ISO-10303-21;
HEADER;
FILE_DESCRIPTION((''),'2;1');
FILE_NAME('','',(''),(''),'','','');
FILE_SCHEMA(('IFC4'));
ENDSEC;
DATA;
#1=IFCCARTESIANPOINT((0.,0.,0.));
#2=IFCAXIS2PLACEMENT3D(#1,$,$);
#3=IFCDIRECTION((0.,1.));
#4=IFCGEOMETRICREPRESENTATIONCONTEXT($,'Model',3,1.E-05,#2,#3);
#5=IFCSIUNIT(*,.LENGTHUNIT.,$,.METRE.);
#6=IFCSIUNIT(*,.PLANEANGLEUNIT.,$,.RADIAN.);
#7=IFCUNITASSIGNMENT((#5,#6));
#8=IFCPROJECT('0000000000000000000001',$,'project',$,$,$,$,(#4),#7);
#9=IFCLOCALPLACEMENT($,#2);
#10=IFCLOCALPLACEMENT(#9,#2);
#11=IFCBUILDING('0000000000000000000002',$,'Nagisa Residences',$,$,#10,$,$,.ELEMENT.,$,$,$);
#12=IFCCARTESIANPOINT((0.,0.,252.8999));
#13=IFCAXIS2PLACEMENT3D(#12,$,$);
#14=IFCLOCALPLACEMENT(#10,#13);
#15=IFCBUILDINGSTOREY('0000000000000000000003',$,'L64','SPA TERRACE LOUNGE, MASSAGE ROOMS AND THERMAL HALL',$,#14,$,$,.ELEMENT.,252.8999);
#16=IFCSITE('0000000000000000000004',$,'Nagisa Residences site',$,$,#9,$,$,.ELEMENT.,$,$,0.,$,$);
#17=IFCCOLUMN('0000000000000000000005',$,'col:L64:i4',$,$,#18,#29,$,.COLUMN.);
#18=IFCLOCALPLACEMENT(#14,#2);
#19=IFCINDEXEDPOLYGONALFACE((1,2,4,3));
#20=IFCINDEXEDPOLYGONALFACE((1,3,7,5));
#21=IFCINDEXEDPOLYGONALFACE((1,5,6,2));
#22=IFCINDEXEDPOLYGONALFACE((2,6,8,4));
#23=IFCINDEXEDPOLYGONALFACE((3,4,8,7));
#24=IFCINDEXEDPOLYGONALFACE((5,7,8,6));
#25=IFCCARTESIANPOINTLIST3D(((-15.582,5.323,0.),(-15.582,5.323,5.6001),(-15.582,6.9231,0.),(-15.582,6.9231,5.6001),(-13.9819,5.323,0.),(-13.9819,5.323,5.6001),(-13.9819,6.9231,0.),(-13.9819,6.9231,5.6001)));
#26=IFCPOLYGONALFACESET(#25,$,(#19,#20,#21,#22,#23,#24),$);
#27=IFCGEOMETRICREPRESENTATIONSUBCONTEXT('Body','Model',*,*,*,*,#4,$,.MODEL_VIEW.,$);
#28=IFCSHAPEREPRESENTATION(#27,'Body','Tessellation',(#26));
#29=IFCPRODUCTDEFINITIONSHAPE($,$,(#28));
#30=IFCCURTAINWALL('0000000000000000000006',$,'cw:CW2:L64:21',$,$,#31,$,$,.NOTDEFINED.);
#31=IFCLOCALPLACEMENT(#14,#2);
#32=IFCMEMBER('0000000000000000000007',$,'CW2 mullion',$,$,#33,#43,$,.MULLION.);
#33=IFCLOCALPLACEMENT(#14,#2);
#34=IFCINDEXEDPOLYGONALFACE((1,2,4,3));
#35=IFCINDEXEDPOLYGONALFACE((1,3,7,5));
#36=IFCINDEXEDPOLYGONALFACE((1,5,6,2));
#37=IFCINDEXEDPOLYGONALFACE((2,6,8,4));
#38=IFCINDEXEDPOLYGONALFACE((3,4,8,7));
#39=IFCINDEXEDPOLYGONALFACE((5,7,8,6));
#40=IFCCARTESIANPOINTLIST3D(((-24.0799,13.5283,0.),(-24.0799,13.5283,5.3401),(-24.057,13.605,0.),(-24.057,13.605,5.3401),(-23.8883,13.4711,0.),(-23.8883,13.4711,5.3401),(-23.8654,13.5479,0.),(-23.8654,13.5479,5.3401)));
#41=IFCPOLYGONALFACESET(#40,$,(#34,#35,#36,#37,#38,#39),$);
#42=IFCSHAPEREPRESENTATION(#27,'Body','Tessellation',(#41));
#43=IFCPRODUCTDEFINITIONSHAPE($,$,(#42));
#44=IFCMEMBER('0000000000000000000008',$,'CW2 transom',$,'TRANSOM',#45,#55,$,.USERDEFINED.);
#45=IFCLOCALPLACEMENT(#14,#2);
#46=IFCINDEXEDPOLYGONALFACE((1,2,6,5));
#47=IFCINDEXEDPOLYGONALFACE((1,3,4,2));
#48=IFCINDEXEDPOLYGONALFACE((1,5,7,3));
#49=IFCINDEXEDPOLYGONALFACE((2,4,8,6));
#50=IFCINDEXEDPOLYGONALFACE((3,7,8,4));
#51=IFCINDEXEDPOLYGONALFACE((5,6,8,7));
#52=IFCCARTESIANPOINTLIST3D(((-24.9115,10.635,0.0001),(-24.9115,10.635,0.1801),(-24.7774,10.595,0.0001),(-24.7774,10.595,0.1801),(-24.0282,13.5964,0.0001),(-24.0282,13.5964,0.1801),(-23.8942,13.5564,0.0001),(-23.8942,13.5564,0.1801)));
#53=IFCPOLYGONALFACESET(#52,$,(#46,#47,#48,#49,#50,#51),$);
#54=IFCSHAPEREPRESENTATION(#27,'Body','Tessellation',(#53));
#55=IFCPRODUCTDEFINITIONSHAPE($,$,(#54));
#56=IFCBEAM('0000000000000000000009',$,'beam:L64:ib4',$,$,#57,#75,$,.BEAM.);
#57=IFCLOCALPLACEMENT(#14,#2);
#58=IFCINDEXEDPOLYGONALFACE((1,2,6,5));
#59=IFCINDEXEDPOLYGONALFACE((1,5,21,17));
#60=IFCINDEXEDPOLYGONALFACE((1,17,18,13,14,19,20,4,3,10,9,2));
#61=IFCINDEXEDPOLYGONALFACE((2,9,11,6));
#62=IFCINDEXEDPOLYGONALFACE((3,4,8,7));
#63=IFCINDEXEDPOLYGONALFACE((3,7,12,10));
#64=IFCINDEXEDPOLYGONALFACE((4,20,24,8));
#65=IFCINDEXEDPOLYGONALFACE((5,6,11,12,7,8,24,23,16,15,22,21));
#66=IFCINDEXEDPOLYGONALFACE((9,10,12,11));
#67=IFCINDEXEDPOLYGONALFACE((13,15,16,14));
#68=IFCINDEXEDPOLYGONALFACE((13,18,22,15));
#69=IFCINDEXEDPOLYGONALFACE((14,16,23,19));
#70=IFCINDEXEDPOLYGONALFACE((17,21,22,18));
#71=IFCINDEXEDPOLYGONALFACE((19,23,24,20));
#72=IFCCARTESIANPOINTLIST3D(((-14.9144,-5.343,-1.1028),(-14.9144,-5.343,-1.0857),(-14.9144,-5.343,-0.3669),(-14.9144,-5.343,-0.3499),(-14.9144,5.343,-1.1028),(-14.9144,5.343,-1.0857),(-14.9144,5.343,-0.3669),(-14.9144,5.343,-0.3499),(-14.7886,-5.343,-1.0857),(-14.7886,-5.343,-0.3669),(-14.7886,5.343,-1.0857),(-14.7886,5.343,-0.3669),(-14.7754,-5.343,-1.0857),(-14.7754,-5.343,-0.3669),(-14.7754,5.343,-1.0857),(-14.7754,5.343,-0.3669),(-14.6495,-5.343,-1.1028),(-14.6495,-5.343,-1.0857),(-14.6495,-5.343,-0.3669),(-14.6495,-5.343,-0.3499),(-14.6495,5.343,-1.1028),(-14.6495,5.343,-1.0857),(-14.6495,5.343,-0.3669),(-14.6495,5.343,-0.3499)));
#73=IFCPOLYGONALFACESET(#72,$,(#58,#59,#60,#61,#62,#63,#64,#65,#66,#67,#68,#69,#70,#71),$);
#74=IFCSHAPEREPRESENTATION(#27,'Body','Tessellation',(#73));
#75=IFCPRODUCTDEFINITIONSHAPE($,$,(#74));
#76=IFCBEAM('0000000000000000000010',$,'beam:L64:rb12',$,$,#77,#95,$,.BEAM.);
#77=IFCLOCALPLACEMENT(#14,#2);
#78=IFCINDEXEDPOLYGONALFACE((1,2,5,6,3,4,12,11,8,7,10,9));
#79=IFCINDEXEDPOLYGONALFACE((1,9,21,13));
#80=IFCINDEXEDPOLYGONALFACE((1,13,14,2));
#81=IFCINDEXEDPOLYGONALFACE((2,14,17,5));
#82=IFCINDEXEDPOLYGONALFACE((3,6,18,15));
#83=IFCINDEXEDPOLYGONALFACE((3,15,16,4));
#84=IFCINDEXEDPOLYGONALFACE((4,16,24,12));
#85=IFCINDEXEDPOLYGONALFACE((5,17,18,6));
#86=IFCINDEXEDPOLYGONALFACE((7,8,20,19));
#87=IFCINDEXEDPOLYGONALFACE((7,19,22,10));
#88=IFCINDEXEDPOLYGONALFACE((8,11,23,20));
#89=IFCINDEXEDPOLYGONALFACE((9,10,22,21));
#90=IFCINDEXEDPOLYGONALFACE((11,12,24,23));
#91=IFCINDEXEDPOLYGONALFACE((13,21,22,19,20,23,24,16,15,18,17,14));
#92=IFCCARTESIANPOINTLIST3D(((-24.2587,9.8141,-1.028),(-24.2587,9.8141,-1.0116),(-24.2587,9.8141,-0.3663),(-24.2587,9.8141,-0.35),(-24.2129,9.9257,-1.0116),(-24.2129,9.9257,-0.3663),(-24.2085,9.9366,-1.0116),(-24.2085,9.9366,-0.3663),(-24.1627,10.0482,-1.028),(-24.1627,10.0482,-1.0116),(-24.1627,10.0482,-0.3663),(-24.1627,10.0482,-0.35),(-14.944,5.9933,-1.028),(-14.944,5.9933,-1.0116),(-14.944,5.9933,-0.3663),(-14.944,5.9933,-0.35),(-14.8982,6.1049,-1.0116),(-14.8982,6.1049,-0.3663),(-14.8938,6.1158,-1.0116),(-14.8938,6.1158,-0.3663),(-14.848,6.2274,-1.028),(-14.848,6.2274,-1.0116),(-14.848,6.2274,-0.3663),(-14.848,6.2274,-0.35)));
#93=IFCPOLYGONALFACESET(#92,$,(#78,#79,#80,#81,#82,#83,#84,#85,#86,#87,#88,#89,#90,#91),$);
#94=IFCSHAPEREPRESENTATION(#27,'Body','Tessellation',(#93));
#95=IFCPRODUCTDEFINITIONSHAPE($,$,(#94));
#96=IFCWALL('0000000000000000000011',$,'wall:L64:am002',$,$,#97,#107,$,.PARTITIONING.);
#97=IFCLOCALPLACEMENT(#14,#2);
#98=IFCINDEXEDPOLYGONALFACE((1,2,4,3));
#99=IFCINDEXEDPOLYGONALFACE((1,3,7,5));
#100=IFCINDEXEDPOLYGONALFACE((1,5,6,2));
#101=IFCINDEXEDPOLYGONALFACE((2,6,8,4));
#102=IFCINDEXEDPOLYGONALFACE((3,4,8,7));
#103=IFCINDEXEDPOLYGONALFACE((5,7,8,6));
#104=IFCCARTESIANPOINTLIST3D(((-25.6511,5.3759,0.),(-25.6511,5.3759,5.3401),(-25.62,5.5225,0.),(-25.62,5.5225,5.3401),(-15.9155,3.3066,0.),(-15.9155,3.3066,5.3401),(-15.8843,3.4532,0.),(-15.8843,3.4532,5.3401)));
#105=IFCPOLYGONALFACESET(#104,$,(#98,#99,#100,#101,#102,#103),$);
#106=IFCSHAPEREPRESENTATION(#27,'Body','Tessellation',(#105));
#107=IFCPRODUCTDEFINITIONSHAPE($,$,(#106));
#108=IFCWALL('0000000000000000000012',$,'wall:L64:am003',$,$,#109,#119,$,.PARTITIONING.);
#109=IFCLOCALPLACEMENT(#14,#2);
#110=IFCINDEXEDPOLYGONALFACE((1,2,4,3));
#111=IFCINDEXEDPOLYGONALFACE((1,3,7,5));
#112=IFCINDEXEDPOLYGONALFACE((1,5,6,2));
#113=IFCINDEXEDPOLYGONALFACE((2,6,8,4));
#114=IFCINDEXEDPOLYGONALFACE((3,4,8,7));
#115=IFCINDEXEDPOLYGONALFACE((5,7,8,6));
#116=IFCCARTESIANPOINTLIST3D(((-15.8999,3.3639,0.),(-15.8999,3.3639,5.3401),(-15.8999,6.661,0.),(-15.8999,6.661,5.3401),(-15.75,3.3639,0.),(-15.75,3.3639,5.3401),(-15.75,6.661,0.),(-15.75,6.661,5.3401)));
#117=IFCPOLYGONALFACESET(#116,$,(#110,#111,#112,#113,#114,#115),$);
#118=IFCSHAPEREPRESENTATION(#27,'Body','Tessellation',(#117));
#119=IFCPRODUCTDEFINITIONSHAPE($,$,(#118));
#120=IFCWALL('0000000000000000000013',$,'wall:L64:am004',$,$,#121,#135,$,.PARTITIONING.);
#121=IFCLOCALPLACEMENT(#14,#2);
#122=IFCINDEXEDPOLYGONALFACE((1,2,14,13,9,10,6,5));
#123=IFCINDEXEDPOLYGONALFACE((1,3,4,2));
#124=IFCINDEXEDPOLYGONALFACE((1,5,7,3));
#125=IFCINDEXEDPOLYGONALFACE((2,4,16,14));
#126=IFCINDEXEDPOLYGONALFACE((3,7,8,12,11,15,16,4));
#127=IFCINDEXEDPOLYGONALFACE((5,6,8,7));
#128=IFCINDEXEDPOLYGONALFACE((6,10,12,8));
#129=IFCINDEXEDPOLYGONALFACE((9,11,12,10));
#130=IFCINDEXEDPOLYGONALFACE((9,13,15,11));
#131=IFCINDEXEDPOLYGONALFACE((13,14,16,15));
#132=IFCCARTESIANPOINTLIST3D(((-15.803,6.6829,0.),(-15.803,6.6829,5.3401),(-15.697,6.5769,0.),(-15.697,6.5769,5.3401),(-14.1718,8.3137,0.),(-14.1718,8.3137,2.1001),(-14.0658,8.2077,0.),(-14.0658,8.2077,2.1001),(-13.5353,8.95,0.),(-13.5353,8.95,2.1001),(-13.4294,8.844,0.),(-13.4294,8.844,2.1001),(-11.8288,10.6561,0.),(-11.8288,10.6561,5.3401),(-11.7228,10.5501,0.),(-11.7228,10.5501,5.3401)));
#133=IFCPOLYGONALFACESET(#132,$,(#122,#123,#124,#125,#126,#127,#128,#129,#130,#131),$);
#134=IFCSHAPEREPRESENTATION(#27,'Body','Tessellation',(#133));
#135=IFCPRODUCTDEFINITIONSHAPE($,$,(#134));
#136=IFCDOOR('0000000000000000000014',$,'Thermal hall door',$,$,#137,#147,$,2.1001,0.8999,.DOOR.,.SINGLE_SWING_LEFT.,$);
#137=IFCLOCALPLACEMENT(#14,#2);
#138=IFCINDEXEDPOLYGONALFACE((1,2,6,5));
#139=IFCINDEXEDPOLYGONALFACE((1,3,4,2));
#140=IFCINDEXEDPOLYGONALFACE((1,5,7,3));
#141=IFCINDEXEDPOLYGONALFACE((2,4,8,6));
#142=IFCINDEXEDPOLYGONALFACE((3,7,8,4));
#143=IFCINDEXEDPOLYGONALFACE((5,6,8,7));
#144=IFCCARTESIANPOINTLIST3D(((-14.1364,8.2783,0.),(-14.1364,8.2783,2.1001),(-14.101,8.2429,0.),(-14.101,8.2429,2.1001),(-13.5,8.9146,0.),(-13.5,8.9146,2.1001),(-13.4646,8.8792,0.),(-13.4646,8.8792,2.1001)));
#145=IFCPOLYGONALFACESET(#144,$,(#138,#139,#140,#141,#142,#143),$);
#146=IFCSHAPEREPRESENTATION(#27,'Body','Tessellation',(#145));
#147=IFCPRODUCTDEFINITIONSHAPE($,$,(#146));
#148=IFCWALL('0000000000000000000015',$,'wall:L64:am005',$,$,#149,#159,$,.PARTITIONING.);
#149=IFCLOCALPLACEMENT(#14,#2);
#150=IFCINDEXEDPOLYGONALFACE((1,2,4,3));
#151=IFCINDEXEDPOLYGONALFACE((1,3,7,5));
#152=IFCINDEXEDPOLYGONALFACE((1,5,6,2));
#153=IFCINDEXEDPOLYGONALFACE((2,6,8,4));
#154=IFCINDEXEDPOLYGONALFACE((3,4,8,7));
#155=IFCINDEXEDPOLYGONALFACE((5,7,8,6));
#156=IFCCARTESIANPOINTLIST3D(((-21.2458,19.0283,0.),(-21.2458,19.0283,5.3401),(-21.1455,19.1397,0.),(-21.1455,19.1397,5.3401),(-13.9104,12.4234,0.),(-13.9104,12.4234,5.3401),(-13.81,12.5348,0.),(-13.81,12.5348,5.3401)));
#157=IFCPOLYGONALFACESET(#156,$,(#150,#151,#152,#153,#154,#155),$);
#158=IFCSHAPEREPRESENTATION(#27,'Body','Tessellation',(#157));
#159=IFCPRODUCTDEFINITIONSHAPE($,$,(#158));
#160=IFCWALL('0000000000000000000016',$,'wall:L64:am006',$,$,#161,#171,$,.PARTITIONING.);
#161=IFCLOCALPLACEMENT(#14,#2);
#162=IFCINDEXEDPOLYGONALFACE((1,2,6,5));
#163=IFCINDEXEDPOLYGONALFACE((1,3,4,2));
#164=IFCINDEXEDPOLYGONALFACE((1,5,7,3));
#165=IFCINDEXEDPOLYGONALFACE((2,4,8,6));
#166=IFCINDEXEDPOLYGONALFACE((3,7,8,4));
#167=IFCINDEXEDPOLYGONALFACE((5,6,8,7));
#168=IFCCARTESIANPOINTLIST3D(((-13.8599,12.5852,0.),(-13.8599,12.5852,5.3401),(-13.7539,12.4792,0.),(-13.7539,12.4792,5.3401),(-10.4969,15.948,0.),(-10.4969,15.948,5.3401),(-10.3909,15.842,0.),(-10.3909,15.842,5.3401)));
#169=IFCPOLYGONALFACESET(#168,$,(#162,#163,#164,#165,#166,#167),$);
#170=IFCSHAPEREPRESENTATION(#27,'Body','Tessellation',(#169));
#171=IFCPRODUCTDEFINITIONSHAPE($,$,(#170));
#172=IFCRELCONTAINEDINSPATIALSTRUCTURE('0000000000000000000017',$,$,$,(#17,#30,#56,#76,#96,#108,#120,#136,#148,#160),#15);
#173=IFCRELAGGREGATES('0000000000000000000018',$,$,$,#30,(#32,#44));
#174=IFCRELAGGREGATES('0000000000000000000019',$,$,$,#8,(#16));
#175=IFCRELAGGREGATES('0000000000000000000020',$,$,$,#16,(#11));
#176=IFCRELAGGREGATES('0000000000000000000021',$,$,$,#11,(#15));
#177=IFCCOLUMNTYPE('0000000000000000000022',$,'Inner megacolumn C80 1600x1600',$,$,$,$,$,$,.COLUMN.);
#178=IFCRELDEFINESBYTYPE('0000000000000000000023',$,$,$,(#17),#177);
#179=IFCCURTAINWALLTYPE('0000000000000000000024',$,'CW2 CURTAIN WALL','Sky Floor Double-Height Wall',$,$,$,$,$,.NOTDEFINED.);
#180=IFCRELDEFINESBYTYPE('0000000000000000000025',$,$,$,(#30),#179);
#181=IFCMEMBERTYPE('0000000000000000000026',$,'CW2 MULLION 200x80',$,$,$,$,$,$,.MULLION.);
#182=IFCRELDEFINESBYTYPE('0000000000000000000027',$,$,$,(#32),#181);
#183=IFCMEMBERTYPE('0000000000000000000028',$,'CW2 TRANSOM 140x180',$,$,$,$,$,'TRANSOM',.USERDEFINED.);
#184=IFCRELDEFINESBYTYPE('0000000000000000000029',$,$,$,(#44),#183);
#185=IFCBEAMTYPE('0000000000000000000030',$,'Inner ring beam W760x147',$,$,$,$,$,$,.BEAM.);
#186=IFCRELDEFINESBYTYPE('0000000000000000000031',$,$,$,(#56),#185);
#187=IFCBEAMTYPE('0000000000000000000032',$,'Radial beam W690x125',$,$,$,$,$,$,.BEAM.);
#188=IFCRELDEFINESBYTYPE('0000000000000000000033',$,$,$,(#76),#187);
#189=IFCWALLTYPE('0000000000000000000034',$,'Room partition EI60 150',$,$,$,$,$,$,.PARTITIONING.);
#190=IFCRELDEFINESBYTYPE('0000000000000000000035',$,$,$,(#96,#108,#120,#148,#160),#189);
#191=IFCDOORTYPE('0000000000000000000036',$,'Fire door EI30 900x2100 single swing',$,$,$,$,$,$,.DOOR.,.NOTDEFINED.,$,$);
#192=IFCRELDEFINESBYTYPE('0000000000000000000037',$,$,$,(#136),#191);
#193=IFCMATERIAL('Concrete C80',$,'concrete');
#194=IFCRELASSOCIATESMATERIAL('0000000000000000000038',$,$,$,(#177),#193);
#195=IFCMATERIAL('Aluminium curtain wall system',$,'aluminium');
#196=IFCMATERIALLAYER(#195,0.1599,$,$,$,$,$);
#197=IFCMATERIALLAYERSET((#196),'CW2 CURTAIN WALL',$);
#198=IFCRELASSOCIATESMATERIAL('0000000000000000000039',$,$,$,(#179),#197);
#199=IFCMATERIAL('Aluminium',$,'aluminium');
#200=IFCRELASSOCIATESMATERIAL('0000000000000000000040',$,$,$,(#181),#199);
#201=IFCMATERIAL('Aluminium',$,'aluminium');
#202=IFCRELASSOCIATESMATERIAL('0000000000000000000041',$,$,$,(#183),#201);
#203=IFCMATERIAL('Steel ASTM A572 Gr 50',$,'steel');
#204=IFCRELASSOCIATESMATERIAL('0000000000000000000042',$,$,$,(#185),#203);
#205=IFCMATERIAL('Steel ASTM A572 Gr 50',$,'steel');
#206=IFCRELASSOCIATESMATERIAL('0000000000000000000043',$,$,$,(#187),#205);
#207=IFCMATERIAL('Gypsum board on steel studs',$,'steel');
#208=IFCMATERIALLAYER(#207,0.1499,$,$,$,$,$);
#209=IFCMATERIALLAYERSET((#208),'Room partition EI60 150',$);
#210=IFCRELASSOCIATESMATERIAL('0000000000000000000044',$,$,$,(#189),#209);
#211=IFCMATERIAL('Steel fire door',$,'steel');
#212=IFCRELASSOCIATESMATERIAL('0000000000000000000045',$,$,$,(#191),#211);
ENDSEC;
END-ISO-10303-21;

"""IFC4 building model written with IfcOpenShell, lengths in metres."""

from ifc_helpers import new_model, si_unit, direction, frame, frame_2d, origin, origin_2d, place, context, subcontext, project, spatial, rectangle, i_section, extrude, material, layer, layer_set, material_profile, profile_set, type_object, element, fill, aggregate, save


model = new_model("IFC4")

# Units and contexts
model_context = context("Model", 3, precision=1e-05, world=origin(), true_north=direction((0.0, 1.0)))
body_context = subcontext(model_context, "Body", "Model", "MODEL_VIEW")
ifc_project = project(units=[si_unit("LENGTHUNIT", "METRE"), si_unit("PLANEANGLEUNIT", "RADIAN")], contexts=[model_context])

# Site, building, storey
site_placement = place(None, origin())
site = spatial("IfcSite", under=ifc_project, at=site_placement, Name="Nagisa Residences site", CompositionType="ELEMENT", RefElevation=0.0)
building_placement = place(site_placement, origin())
building = spatial("IfcBuilding", under=site, at=building_placement, Name="Nagisa Residences", CompositionType="ELEMENT")
storey_placement = place(building_placement, frame((0.0, 0.0, 252.8999)))
storey = spatial("IfcBuildingStorey", under=building, at=storey_placement, Name="L64", Description="SPA TERRACE LOUNGE, MASSAGE ROOMS AND THERMAL HALL", CompositionType="ELEMENT", Elevation=252.8999)

# Column
ifc_material_1 = material(Name="Concrete C80", Category="concrete")
ifc_material_profile_1 = material_profile(ifc_material_1, rectangle(XDim=1.6001, YDim=1.6001, at=origin_2d()), Name="C80 1600x1600")
ifc_profile_set_1 = profile_set([ifc_material_profile_1], Name="Concrete C80")
column_type = type_object("IfcColumnType", Name="Inner megacolumn C80 1600x1600", PredefinedType="COLUMN", material=ifc_profile_set_1)
column_placement = place(storey_placement, frame((-14.782, 6.123, 0.0), z_axis=(0.0, 0.0, 1.0), x_axis=(1.0, 0.0, 0.0)))
element("IfcColumn", 1, at=column_placement, inside=storey, type_object=column_type, Name="col:L64:i4", PredefinedType="COLUMN", context=body_context, shape_type="SweptSolid", body=[
    extrude(rectangle(XDim=1.6001, YDim=1.6001, at=origin_2d()), origin(), (0.0, 0.0, 1.0), 5.6001),
])

# Curtain wall, members
ifc_material_2 = material(Name="Aluminium curtain wall system", Category="aluminium")
ifc_layer_1 = layer(ifc_material_2, 0.1599)
ifc_layer_set_1 = layer_set([ifc_layer_1], Name="CW2 CURTAIN WALL")
curtain_wall_type = type_object("IfcCurtainWallType", Name="CW2 CURTAIN WALL", Description="Sky Floor Double-Height Wall", PredefinedType="NOTDEFINED", material=ifc_layer_set_1)
curtain_wall_placement = place(storey_placement, origin())
curtain_wall = element("IfcCurtainWall", 2, at=curtain_wall_placement, inside=storey, type_object=curtain_wall_type, Name="cw:CW2:L64:21", PredefinedType="NOTDEFINED")
ifc_material_3 = material(Name="Aluminium", Category="aluminium")
ifc_material_profile_2 = material_profile(ifc_material_3, rectangle(XDim=0.2, YDim=0.0801, at=origin_2d()), Name="CW2 MULLION 200x80")
ifc_profile_set_2 = profile_set([ifc_material_profile_2], Name="Aluminium")
member_type_1 = type_object("IfcMemberType", Name="CW2 MULLION 200x80", PredefinedType="MULLION", material=ifc_profile_set_2)
member_1_placement = place(storey_placement, frame((-23.9727, 13.5381, 0.0), z_axis=(0.0, 0.0, 1.0), x_axis=(0.958271, -0.28586, 0.0)))
member_1 = element("IfcMember", 3, at=member_1_placement, type_object=member_type_1, Name="CW2 mullion", PredefinedType="MULLION", context=body_context, shape_type="SweptSolid", body=[
    extrude(rectangle(XDim=0.2, YDim=0.0801, at=origin_2d()), origin(), (0.0, 0.0, 1.0), 5.3401),
])
ifc_material_4 = material(Name="Aluminium", Category="aluminium")
ifc_material_profile_3 = material_profile(ifc_material_4, rectangle(XDim=0.1399, YDim=0.1799, at=origin_2d()), Name="CW2 TRANSOM 140x180")
ifc_profile_set_3 = profile_set([ifc_material_profile_3], Name="Aluminium")
member_type_2 = type_object("IfcMemberType", Name="CW2 TRANSOM 140x180", ElementType="TRANSOM", PredefinedType="USERDEFINED", material=ifc_profile_set_3)
member_2_placement = place(storey_placement, frame((-23.9612, 13.5764, 0.0901), z_axis=(-0.285825, -0.958282, 0.0), x_axis=(0.958282, -0.285825, 0.0)))
member_2 = element("IfcMember", 4, at=member_2_placement, type_object=member_type_2, Name="CW2 transom", ObjectType="TRANSOM", PredefinedType="USERDEFINED", context=body_context, shape_type="SweptSolid", body=[
    extrude(rectangle(XDim=0.1399, YDim=0.1799, at=origin_2d()), origin(), (0.0, 0.0, 1.0), 3.0903),
])
aggregate(curtain_wall, [member_1, member_2])

# Beams
ifc_material_5 = material(Name="Steel ASTM A572 Gr 50", Category="steel")
ifc_material_profile_4 = material_profile(ifc_material_5, i_section(OverallWidth=0.2649, OverallDepth=0.7529, WebThickness=0.0132, FlangeThickness=0.0171, at=origin_2d()), Name="W760x147")
ifc_profile_set_4 = profile_set([ifc_material_profile_4], Name="Steel ASTM A572 Gr 50")
beam_type_1 = type_object("IfcBeamType", Name="Inner ring beam W760x147", PredefinedType="BEAM", material=ifc_profile_set_4)
beam_1_placement = place(storey_placement, frame((-14.782, 5.343, -0.7263), z_axis=(0.0, -1.0, 0.0), x_axis=(1.0, 0.0, 0.0)))
element("IfcBeam", 5, at=beam_1_placement, inside=storey, type_object=beam_type_1, Name="beam:L64:ib4", PredefinedType="BEAM", context=body_context, shape_type="SweptSolid", body=[
    extrude(i_section(OverallWidth=0.2649, OverallDepth=0.7529, WebThickness=0.0132, FlangeThickness=0.0171, at=origin_2d()), origin(), (0.0, 0.0, 1.0), 10.686),
])
ifc_material_6 = material(Name="Steel ASTM A572 Gr 50", Category="steel")
ifc_material_profile_5 = material_profile(ifc_material_6, i_section(OverallWidth=0.2529, OverallDepth=0.678, WebThickness=0.0117, FlangeThickness=0.0164, at=origin_2d()), Name="W690x125")
ifc_profile_set_5 = profile_set([ifc_material_profile_5], Name="Steel ASTM A572 Gr 50")
beam_type_2 = type_object("IfcBeamType", Name="Radial beam W690x125", PredefinedType="BEAM", material=ifc_profile_set_5)
beam_2_placement = place(storey_placement, frame((-24.2107, 9.9312, -0.689), z_axis=(0.92519, -0.379504, 0.0), x_axis=(0.379504, 0.92519, 0.0)))
element("IfcBeam", 6, at=beam_2_placement, inside=storey, type_object=beam_type_2, Name="beam:L64:rb12", PredefinedType="BEAM", context=body_context, shape_type="SweptSolid", body=[
    extrude(i_section(OverallWidth=0.2529, OverallDepth=0.678, WebThickness=0.0117, FlangeThickness=0.0164, at=origin_2d()), origin(), (0.0, 0.0, 1.0), 10.0679),
])

# Walls
ifc_material_7 = material(Name="Gypsum board on steel studs", Category="steel")
ifc_layer_2 = layer(ifc_material_7, 0.1499)
ifc_layer_set_2 = layer_set([ifc_layer_2], Name="Room partition EI60 150")
wall_type = type_object("IfcWallType", Name="Room partition EI60 150", PredefinedType="PARTITIONING", material=ifc_layer_set_2)
wall_1_placement = place(storey_placement, frame((-15.8999, 3.3799, 0.0), z_axis=(0.0, 0.0, 1.0), x_axis=(-0.978148, 0.207909, 0.0)))
element("IfcWall", 7, at=wall_1_placement, inside=storey, type_object=wall_type, Name="wall:L64:am002", PredefinedType="PARTITIONING", context=body_context, shape_type="SweptSolid", body=[
    extrude(rectangle(XDim=9.9531, YDim=0.1499, at=frame_2d((4.9766, 0.0))), origin(), (0.0, 0.0, 1.0), 5.3401),
])
wall_2_placement = place(storey_placement, frame((-15.825, 3.364, 0.0), z_axis=(0.0, 0.0, 1.0), x_axis=(0.0, 1.0, 0.0)))
element("IfcWall", 8, at=wall_2_placement, inside=storey, type_object=wall_type, Name="wall:L64:am003", PredefinedType="PARTITIONING", context=body_context, shape_type="SweptSolid", body=[
    extrude(rectangle(XDim=3.2971, YDim=0.1499, at=frame_2d((1.6484, 0.0))), origin(), (0.0, 0.0, 1.0), 5.3401),
])

# Wall, opening, door
wall_3_placement = place(storey_placement, frame((-15.75, 6.6299, 0.0), z_axis=(0.0, 0.0, 1.0), x_axis=(0.707194, 0.70702, 0.0)))
wall_3 = element("IfcWall", 9, at=wall_3_placement, inside=storey, type_object=wall_type, Name="wall:L64:am004", PredefinedType="PARTITIONING", context=body_context, shape_type="SweptSolid", body=[
    extrude(rectangle(XDim=5.6196, YDim=0.1499, at=frame_2d((2.8098, 0.0))), origin(), (0.0, 0.0, 1.0), 5.3401),
])
opening_placement = place(wall_3_placement, frame((2.3066, 0.0, 0.0)))
opening = element("IfcOpeningElement", 10, at=opening_placement, cuts=wall_3, PredefinedType="OPENING", context=body_context, shape_type="SweptSolid", body=[
    extrude(rectangle(XDim=0.8999, YDim=2.1001, at=frame_2d((0.45, 1.05))), frame((0.0, 0.085, 0.0), z_axis=(0.0, -1.0, 0.0), x_axis=(1.0, 0.0, 0.0)), (0.0, 0.0, 1.0), 0.1699),
])
ifc_material_8 = material(Name="Steel fire door", Category="steel")
door_type = type_object("IfcDoorType", Name="Fire door EI30 900x2100 single swing", OperationType="NOTDEFINED", PredefinedType="DOOR", material=ifc_material_8)
door_placement = place(opening_placement, origin())
door = element("IfcDoor", 11, at=door_placement, inside=storey, type_object=door_type, Name="Thermal hall door", OperationType="SINGLE_SWING_LEFT", OverallHeight=2.1001, OverallWidth=0.8999, PredefinedType="DOOR", context=body_context, shape_type="SweptSolid", body=[
    extrude(rectangle(XDim=0.8999, YDim=2.1001, at=frame_2d((0.45, 1.05))), frame((0.0, 0.0249, 0.0), z_axis=(0.0, -1.0, 0.0), x_axis=(1.0, 0.0, 0.0)), (0.0, 0.0, 1.0), 0.05),
])
fill(opening, door)

# Walls
wall_4_placement = place(storey_placement, frame((-13.8601, 12.479, 0.0), z_axis=(0.0, 0.0, 1.0), x_axis=(-0.743139, 0.669137, 0.0)))
element("IfcWall", 12, at=wall_4_placement, inside=storey, type_object=wall_type, Name="wall:L64:am005", PredefinedType="PARTITIONING", context=body_context, shape_type="SweptSolid", body=[
    extrude(rectangle(XDim=9.8708, YDim=0.1499, at=frame_2d((4.9355, 0.0))), origin(), (0.0, 0.0, 1.0), 5.3401),
])
wall_5_placement = place(storey_placement, frame((-13.8069, 12.5322, 0.0), z_axis=(0.0, 0.0, 1.0), x_axis=(0.707132, 0.707081, 0.0)))
element("IfcWall", 13, at=wall_5_placement, inside=storey, type_object=wall_type, Name="wall:L64:am006", PredefinedType="PARTITIONING", context=body_context, shape_type="SweptSolid", body=[
    extrude(rectangle(XDim=4.7559, YDim=0.1499, at=frame_2d((2.3779, 0.0))), origin(), (0.0, 0.0, 1.0), 5.3401),
])

save(model, "model.ifc")
